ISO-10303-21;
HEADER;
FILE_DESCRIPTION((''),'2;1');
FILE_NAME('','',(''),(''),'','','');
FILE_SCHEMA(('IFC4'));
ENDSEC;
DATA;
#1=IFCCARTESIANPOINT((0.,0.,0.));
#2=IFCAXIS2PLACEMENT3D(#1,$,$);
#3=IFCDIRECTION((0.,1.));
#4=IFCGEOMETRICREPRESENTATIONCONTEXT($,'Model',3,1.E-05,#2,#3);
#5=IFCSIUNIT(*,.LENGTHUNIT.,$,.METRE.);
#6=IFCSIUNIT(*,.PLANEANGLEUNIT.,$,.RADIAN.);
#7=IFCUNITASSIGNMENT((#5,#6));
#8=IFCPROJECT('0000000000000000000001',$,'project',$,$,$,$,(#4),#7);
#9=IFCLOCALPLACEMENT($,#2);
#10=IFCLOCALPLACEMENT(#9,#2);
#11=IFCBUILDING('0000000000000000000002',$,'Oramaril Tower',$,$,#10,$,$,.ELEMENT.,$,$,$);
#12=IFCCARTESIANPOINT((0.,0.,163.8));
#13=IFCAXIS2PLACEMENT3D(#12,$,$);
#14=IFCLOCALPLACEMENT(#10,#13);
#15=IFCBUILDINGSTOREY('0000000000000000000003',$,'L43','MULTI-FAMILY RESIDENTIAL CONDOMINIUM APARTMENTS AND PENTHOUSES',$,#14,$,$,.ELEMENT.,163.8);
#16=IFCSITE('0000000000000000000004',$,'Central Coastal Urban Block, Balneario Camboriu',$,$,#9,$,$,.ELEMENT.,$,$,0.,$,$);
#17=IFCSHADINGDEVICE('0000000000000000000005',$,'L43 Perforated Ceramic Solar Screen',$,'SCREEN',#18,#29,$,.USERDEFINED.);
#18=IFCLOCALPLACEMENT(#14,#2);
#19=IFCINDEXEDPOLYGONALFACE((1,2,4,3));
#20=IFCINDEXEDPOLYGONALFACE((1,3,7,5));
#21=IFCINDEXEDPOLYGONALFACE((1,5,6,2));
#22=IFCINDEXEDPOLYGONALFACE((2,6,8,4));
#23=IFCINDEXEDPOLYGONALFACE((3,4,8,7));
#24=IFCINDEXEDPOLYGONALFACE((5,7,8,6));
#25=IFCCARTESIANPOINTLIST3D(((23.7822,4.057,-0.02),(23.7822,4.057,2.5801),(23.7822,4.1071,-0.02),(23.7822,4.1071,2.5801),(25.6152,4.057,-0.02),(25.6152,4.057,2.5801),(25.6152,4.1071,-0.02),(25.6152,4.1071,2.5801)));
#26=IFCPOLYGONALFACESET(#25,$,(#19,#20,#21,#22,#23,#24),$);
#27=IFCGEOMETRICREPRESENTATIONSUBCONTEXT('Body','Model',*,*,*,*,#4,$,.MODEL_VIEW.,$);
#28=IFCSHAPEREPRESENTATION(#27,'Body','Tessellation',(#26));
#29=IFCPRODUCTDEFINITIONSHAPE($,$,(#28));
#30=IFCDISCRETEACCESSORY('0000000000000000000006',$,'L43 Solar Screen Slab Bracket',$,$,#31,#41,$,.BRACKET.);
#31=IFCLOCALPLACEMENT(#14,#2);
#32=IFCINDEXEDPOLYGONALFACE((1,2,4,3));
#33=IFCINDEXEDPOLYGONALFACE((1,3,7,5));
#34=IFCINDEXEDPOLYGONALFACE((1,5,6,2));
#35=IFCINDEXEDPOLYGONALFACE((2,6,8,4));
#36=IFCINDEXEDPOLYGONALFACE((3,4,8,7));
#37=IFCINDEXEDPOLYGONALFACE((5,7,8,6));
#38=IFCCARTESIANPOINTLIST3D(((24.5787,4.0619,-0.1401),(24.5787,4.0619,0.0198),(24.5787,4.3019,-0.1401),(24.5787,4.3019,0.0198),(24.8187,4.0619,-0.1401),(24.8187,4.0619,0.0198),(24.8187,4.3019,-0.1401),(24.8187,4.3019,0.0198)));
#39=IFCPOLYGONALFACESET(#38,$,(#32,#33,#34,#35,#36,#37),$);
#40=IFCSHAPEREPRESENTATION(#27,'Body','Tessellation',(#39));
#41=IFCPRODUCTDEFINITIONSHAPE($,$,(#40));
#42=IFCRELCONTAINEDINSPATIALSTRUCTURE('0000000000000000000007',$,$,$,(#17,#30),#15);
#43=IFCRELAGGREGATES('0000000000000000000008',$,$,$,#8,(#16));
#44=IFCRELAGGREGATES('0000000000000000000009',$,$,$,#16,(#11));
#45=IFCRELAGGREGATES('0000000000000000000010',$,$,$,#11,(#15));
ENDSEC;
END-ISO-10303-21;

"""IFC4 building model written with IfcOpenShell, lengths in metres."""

from ifc_helpers import new_model, si_unit, direction, frame, origin, origin_2d, place, context, subcontext, project, spatial, rectangle, extrude, element, save


model = new_model("IFC4")

# Units and contexts
model_context = context("Model", 3, precision=1e-05, world=origin(), true_north=direction((0.0, 1.0)))
body_context = subcontext(model_context, "Body", "Model", "MODEL_VIEW")
ifc_project = project(units=[si_unit("LENGTHUNIT", "METRE"), si_unit("PLANEANGLEUNIT", "RADIAN")], contexts=[model_context])

# Site, building, storey
site_placement = place(None, origin())
site = spatial("IfcSite", under=ifc_project, at=site_placement, Name="Central Coastal Urban Block, Balneario Camboriu", CompositionType="ELEMENT", RefElevation=0.0)
building_placement = place(site_placement, origin())
building = spatial("IfcBuilding", under=site, at=building_placement, Name="Oramaril Tower", CompositionType="ELEMENT")
storey_placement = place(building_placement, frame((0.0, 0.0, 163.8)))
storey = spatial("IfcBuildingStorey", under=building, at=storey_placement, Name="L43", Description="MULTI-FAMILY RESIDENTIAL CONDOMINIUM APARTMENTS AND PENTHOUSES", CompositionType="ELEMENT", Elevation=163.8)

# Shading device
shading_device_placement = place(storey_placement, frame((24.6987, 4.082, -0.02), z_axis=(0.0, 0.0, 1.0), x_axis=(1.0, 0.0, 0.0)))
element("IfcShadingDevice", 1, at=shading_device_placement, inside=storey, Name="L43 Perforated Ceramic Solar Screen", ObjectType="SCREEN", PredefinedType="USERDEFINED", context=body_context, shape_type="SweptSolid", body=[
    extrude(rectangle(XDim=1.833, YDim=0.05, at=origin_2d()), origin(), (0.0, 0.0, 1.0), 2.6001),
])

# Discrete accessory
discrete_accessory_placement = place(storey_placement, frame((24.6987, 4.1819, -0.1401), z_axis=(0.0, 0.0, 1.0), x_axis=(1.0, 0.0, 0.0)))
element("IfcDiscreteAccessory", 2, at=discrete_accessory_placement, inside=storey, Name="L43 Solar Screen Slab Bracket", PredefinedType="BRACKET", context=body_context, shape_type="SweptSolid", body=[
    extrude(rectangle(XDim=0.24, YDim=0.24, at=origin_2d()), origin(), (0.0, 0.0, 1.0), 0.1599),
])

save(model, "model.ifc")
